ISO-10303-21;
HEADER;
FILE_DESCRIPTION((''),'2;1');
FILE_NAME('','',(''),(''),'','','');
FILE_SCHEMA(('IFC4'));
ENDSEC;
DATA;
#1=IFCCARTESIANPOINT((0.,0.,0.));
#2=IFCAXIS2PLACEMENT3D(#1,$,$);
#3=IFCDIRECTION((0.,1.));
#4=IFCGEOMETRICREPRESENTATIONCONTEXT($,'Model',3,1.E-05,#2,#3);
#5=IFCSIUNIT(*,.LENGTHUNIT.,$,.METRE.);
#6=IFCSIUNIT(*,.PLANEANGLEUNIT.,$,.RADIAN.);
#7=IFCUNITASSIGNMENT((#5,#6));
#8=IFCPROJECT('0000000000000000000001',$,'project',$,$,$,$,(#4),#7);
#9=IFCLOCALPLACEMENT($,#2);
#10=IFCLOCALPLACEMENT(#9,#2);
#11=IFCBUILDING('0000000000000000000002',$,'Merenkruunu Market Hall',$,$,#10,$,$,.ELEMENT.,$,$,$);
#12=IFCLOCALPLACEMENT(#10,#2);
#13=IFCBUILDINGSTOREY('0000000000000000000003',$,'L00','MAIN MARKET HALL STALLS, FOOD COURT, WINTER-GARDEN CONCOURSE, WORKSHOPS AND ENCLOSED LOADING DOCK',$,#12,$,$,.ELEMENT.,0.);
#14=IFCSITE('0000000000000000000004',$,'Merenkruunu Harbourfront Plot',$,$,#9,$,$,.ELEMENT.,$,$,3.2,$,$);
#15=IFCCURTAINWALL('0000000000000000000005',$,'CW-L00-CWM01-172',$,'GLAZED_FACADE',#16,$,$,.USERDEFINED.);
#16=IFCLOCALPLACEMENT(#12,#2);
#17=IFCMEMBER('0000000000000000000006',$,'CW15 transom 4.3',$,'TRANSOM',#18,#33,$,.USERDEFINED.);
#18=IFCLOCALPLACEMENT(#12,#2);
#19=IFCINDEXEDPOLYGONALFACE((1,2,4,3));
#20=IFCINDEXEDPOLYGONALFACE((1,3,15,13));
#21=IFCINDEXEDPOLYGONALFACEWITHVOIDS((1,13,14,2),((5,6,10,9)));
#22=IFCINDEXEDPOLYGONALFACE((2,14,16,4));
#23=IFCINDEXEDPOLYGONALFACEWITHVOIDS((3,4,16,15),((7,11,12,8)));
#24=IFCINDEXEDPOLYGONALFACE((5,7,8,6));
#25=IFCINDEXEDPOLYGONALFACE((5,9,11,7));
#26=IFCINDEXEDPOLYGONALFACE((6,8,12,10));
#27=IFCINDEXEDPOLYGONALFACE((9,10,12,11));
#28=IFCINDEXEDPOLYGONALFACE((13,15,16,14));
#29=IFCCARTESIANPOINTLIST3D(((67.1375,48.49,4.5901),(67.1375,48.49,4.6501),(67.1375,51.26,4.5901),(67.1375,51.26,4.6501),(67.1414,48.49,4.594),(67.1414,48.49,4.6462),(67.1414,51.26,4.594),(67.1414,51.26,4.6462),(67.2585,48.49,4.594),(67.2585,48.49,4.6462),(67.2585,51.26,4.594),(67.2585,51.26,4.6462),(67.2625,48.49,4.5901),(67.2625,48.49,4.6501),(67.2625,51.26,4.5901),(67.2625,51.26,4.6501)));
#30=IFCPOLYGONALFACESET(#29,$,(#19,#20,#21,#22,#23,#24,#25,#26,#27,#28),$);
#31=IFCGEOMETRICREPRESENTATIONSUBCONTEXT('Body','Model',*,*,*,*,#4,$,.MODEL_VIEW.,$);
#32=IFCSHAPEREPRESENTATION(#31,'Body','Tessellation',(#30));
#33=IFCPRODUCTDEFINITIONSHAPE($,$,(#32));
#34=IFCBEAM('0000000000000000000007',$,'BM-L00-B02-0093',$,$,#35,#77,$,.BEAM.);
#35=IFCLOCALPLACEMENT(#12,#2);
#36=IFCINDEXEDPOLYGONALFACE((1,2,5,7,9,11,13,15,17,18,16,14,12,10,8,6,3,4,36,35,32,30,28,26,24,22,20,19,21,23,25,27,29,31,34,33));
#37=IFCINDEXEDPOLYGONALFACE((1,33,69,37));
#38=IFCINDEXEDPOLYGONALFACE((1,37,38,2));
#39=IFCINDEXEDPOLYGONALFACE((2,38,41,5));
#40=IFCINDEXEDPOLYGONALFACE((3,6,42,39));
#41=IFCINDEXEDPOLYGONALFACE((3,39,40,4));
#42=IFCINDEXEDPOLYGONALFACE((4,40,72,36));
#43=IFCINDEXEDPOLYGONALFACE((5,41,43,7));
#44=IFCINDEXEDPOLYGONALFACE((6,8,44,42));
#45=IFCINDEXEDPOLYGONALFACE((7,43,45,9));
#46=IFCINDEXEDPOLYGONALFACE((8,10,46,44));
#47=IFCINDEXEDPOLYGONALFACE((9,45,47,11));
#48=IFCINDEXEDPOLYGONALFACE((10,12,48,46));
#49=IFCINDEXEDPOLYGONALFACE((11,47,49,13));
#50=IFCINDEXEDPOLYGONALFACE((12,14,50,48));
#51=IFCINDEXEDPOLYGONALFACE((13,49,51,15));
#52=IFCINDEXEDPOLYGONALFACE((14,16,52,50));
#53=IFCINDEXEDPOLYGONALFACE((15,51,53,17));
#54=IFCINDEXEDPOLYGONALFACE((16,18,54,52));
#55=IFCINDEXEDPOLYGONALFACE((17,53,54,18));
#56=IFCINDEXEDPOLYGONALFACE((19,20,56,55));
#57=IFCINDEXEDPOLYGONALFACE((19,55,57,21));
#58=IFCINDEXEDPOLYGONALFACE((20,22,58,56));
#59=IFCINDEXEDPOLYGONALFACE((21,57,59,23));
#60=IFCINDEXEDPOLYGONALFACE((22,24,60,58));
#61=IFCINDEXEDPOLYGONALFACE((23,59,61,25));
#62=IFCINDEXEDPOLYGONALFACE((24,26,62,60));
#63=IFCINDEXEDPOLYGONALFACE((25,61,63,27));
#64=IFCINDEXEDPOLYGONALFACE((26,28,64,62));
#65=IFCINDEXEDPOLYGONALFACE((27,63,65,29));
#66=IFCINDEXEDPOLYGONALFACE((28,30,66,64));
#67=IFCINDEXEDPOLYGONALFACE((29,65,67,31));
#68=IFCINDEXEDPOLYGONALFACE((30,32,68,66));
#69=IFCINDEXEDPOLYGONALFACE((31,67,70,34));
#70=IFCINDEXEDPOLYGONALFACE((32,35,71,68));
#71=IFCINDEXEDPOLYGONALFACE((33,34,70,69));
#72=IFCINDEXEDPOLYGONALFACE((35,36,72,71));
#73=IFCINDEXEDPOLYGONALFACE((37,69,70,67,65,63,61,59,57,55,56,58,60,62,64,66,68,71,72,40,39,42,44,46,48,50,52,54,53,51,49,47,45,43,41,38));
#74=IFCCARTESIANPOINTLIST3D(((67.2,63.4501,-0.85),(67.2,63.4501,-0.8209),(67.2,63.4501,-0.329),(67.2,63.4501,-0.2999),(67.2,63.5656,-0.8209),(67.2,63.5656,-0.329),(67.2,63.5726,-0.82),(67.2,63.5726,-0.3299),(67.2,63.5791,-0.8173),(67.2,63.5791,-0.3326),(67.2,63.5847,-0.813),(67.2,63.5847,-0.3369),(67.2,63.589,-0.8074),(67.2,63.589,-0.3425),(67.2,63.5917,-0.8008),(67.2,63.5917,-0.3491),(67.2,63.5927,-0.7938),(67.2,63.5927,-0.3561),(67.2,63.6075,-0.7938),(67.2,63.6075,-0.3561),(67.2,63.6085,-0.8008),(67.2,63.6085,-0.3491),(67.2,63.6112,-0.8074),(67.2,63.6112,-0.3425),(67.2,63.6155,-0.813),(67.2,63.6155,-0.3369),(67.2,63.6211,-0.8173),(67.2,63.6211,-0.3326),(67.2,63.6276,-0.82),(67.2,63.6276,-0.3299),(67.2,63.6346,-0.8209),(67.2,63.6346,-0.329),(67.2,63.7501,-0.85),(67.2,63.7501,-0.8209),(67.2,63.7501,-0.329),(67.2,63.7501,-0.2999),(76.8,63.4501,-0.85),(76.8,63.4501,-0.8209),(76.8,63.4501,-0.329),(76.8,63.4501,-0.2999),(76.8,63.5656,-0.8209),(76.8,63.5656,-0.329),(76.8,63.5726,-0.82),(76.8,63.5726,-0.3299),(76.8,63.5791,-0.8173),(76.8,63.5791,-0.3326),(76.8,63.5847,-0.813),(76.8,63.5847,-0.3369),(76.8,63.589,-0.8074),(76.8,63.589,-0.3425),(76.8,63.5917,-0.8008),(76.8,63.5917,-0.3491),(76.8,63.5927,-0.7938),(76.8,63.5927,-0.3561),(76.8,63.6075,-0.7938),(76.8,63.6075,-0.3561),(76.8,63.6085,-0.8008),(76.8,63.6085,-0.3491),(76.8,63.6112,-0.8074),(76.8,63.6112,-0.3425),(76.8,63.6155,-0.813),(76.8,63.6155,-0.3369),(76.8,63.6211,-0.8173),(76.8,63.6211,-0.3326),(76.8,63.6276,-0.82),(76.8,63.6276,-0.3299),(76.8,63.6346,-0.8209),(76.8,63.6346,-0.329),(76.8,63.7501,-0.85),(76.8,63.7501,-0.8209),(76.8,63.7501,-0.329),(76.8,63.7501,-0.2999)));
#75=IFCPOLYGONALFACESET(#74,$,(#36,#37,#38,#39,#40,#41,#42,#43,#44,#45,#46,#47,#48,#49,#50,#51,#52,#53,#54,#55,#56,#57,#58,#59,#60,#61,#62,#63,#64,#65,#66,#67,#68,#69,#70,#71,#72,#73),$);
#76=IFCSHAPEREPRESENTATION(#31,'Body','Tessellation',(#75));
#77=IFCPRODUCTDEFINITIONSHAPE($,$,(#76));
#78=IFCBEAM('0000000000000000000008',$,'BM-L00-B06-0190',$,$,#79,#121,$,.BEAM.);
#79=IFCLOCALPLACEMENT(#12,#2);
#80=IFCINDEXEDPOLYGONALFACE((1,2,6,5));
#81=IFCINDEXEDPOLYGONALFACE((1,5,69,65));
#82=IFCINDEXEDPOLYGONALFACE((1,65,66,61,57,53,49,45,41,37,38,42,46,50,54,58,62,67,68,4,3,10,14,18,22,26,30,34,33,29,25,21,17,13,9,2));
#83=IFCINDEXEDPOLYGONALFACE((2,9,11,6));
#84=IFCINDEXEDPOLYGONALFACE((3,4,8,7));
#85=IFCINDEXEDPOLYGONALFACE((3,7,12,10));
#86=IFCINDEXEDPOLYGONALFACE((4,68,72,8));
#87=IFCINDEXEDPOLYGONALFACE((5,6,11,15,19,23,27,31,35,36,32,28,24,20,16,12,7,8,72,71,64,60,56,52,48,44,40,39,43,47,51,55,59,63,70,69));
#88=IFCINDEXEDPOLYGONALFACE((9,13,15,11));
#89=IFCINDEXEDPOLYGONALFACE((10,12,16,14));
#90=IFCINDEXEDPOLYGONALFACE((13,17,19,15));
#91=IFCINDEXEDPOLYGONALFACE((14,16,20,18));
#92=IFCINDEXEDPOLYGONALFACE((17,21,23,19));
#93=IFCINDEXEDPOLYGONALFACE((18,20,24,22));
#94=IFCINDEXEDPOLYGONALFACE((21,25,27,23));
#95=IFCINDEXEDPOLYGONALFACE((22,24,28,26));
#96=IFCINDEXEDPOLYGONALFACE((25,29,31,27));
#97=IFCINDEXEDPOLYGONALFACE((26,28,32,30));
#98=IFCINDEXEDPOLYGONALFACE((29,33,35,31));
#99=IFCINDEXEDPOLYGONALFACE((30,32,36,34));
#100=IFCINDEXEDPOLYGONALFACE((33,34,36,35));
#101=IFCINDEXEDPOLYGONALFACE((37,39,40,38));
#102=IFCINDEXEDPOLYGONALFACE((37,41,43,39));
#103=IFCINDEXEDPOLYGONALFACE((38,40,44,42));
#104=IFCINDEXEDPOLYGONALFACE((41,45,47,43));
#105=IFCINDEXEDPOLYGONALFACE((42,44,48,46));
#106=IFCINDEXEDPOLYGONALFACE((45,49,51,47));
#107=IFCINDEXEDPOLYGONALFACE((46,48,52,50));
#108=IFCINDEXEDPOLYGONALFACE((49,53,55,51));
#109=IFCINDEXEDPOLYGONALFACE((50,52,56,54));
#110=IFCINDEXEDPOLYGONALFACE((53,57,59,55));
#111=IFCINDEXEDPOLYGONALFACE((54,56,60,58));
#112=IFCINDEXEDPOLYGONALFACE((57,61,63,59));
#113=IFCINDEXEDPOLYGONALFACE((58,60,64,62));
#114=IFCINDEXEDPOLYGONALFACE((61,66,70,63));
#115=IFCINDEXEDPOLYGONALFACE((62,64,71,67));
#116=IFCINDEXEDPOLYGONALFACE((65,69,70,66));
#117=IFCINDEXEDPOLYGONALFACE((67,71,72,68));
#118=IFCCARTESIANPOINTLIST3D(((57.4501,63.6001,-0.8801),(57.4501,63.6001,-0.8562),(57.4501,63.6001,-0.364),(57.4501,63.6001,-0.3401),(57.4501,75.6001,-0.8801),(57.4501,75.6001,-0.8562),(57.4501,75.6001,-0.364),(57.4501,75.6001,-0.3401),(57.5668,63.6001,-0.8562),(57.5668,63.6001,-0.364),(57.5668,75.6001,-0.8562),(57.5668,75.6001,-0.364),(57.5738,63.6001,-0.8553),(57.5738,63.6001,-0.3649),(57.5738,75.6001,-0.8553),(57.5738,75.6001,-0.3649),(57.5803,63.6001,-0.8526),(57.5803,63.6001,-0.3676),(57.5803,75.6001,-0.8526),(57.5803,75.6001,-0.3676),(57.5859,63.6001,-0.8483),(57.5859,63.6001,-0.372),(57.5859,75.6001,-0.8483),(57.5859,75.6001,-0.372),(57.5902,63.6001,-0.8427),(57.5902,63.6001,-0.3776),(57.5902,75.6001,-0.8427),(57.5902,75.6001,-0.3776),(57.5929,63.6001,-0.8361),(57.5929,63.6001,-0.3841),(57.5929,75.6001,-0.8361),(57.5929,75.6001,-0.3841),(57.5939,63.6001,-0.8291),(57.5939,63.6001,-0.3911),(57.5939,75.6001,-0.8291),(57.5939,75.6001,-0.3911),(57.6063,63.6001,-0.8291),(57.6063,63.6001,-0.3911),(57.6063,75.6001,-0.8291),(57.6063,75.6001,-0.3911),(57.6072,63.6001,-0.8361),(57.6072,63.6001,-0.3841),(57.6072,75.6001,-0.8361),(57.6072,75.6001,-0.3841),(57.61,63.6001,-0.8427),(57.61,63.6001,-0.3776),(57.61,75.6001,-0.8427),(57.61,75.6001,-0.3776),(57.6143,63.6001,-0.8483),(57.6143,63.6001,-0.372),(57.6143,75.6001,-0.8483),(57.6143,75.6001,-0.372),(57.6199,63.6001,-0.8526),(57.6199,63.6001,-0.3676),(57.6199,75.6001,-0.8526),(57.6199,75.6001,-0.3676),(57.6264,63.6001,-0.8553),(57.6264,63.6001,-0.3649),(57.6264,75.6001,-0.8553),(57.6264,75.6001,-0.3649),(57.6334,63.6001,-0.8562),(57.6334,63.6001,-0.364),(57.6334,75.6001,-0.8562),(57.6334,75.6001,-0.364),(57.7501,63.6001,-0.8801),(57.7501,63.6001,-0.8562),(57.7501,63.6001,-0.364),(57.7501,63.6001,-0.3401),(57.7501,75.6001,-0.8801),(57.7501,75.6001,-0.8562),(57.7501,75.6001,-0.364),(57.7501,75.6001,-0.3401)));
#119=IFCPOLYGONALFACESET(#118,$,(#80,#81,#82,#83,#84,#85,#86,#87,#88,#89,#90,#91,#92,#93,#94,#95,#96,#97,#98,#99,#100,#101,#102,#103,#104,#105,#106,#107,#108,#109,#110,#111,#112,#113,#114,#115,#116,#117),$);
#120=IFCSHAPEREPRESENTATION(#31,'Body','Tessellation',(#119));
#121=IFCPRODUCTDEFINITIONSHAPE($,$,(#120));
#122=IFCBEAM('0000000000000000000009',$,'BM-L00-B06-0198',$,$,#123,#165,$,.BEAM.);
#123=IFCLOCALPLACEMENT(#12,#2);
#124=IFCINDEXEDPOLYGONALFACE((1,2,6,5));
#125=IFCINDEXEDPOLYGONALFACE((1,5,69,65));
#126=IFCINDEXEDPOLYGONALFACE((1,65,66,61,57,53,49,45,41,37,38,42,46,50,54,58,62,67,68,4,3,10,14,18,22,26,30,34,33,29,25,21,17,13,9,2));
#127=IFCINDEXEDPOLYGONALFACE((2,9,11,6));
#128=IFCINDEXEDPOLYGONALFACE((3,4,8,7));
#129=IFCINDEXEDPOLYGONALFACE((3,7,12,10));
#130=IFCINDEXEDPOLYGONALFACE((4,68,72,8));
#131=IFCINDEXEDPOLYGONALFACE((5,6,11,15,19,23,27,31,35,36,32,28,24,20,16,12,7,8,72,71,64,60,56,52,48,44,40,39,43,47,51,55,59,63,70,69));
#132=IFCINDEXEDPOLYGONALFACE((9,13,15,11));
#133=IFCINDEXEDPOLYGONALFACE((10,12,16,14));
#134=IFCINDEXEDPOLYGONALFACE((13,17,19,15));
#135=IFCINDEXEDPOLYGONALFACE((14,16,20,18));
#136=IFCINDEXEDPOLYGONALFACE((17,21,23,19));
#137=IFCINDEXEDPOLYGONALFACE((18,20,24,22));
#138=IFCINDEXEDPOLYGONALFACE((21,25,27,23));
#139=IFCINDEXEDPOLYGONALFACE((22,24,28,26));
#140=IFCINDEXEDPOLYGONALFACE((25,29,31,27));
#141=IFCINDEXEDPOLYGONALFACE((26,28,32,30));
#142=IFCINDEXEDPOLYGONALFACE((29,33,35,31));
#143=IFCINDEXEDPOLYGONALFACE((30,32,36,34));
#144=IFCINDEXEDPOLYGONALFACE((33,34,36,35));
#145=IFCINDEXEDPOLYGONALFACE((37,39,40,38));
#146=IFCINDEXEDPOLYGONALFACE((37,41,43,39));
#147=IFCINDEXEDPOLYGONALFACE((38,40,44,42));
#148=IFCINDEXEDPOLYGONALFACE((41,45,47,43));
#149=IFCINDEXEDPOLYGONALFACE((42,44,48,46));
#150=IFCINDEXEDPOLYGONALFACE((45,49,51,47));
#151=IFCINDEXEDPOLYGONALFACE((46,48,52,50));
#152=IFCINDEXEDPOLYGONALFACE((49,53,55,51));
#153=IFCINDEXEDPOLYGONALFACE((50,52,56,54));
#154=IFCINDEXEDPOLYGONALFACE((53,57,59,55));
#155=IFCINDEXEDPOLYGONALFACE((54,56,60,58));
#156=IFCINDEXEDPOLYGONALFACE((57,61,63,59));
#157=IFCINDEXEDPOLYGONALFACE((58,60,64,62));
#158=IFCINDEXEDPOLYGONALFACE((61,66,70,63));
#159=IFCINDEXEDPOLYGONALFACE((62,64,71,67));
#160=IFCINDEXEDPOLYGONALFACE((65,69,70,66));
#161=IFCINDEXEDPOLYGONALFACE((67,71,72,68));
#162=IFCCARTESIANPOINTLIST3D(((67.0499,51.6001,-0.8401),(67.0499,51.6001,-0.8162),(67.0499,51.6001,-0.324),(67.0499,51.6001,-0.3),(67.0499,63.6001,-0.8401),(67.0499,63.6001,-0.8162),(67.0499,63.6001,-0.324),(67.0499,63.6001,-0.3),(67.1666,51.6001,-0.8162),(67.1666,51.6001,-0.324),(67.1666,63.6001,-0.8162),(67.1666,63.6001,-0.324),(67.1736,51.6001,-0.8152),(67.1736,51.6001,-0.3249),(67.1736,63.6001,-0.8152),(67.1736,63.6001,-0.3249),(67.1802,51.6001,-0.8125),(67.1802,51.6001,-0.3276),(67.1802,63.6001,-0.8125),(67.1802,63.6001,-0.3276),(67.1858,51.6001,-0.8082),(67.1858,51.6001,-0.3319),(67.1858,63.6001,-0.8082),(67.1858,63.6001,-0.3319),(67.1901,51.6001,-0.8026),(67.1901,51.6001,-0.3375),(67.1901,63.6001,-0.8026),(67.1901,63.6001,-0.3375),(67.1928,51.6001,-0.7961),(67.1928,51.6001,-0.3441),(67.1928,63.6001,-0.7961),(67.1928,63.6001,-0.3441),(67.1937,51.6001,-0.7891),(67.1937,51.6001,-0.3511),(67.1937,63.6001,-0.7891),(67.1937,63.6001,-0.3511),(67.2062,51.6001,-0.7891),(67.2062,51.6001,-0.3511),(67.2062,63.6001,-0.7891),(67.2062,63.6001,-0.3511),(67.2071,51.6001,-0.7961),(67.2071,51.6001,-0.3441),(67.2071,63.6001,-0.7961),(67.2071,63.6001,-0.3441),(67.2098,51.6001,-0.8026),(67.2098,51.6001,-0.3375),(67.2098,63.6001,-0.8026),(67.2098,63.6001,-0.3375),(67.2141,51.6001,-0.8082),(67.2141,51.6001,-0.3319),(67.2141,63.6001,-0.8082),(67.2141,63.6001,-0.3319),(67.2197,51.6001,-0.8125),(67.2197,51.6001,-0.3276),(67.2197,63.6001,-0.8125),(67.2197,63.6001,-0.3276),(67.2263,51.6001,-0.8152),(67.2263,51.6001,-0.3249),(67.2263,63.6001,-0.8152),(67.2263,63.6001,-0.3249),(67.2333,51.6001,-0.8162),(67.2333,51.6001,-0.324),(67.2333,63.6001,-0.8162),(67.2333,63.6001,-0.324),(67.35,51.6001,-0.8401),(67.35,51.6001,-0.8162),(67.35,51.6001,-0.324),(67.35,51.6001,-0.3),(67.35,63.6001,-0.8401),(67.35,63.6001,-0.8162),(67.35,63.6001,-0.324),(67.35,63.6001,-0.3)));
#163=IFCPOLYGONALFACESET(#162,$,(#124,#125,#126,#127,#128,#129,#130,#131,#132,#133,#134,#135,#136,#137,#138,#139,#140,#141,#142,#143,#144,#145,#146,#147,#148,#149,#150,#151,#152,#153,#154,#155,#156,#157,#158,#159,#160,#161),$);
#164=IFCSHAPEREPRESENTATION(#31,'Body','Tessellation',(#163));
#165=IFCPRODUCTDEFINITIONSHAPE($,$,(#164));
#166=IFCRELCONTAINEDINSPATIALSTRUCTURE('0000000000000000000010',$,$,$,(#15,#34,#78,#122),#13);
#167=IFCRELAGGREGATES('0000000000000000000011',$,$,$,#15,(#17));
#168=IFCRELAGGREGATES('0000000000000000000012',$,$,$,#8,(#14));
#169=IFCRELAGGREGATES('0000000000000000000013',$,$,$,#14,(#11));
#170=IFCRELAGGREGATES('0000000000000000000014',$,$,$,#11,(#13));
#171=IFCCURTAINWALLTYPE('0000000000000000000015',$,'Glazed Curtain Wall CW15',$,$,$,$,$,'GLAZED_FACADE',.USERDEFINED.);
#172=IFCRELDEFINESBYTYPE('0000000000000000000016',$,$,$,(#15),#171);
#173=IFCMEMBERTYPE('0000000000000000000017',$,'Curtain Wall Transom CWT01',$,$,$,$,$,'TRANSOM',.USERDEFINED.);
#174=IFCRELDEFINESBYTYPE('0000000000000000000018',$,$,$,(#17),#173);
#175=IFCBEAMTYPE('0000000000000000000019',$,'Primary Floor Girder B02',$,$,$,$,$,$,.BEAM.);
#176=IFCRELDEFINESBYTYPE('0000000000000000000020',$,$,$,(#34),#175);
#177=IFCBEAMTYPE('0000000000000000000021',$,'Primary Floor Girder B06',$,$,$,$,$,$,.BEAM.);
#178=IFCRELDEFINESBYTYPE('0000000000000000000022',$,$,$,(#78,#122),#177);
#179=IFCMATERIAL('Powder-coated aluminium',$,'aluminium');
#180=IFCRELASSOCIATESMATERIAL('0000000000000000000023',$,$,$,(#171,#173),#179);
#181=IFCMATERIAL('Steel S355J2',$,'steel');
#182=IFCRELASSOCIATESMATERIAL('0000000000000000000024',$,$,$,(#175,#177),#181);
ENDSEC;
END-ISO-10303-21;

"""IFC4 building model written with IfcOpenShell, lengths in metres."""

from ifc_helpers import new_model, si_unit, direction, frame, origin, origin_2d, place, context, subcontext, project, spatial, hollow_rectangle, i_section, extrude, material, material_profile, profile_set, type_object, element, aggregate, save


model = new_model("IFC4")

# Units and contexts
model_context = context("Model", 3, precision=1e-05, world=origin(), true_north=direction((0.0, 1.0)))
body_context = subcontext(model_context, "Body", "Model", "MODEL_VIEW")
ifc_project = project(units=[si_unit("LENGTHUNIT", "METRE"), si_unit("PLANEANGLEUNIT", "RADIAN")], contexts=[model_context])

# Site, building, storey
site_placement = place(None, origin())
site = spatial("IfcSite", under=ifc_project, at=site_placement, Name="Merenkruunu Harbourfront Plot", CompositionType="ELEMENT", RefElevation=3.2)
building_placement = place(site_placement, origin())
building = spatial("IfcBuilding", under=site, at=building_placement, Name="Merenkruunu Market Hall", CompositionType="ELEMENT")
storey_placement = place(building_placement, origin())
storey = spatial("IfcBuildingStorey", under=building, at=storey_placement, Name="L00", Description="MAIN MARKET HALL STALLS, FOOD COURT, WINTER-GARDEN CONCOURSE, WORKSHOPS AND ENCLOSED LOADING DOCK", CompositionType="ELEMENT", Elevation=0.0)

# Curtain wall
ifc_material_1 = material(Name="Powder-coated aluminium", Category="aluminium")
curtain_wall_type_1 = type_object("IfcCurtainWallType", Name="Glazed Curtain Wall CW15", ElementType="GLAZED_FACADE", PredefinedType="USERDEFINED", material=ifc_material_1)
curtain_wall_1_placement = place(storey_placement, origin())
curtain_wall_1 = element("IfcCurtainWall", 1, at=curtain_wall_1_placement, inside=storey, type_object=curtain_wall_type_1, Name="CW-L00-CWM01-172", ObjectType="GLAZED_FACADE", PredefinedType="USERDEFINED")

# Member
ifc_material_profile_1 = material_profile(ifc_material_1, hollow_rectangle(XDim=0.0601, YDim=0.125, WallThickness=0.0039, at=origin_2d()), Name="ALU 60x125x4")
ifc_profile_set_1 = profile_set([ifc_material_profile_1], Name="Powder-coated aluminium")
member_type_1 = type_object("IfcMemberType", Name="Curtain Wall Transom CWT01", ElementType="TRANSOM", PredefinedType="USERDEFINED", material=ifc_profile_set_1)
member_1_placement = place(storey_placement, frame((67.2, 48.49, 4.6201), z_axis=(0.0, 1.0, 0.0), x_axis=(0.0, 0.0, 1.0)))
member_1 = element("IfcMember", 2, at=member_1_placement, type_object=member_type_1, Name="CW15 transom 4.3", ObjectType="TRANSOM", PredefinedType="USERDEFINED", context=body_context, shape_type="SweptSolid", body=[
    extrude(hollow_rectangle(XDim=0.0601, YDim=0.125, WallThickness=0.0039, at=origin_2d()), origin(), (0.0, 0.0, 1.0), 2.77),
])

# Beams
ifc_material_2 = material(Name="Steel S355J2", Category="steel")
ifc_material_profile_2 = material_profile(ifc_material_2, i_section(OverallWidth=0.3, OverallDepth=0.55, WebThickness=0.0149, FlangeThickness=0.0291, FilletRadius=0.0271, at=origin_2d()), Name="HEB 550")
ifc_profile_set_2 = profile_set([ifc_material_profile_2], Name="Steel S355J2")
beam_type_1 = type_object("IfcBeamType", Name="Primary Floor Girder B02", PredefinedType="BEAM", material=ifc_profile_set_2)
beam_1_placement = place(storey_placement, frame((67.2, 63.6001, -0.575), z_axis=(1.0, 0.0, 0.0), x_axis=(0.0, 1.0, 0.0)))
element("IfcBeam", 3, at=beam_1_placement, inside=storey, type_object=beam_type_1, Name="BM-L00-B02-0093", PredefinedType="BEAM", context=body_context, shape_type="SweptSolid", body=[
    extrude(i_section(OverallWidth=0.3, OverallDepth=0.55, WebThickness=0.0149, FlangeThickness=0.0291, FilletRadius=0.0271, at=origin_2d()), origin(), (0.0, 0.0, 1.0), 9.6001),
])
ifc_material_profile_3 = material_profile(ifc_material_2, i_section(OverallWidth=0.3, OverallDepth=0.54, WebThickness=0.0125, FlangeThickness=0.0239, FilletRadius=0.0271, at=origin_2d()), Name="HEA 550")
ifc_profile_set_3 = profile_set([ifc_material_profile_3], Name="Steel S355J2")
beam_type_2 = type_object("IfcBeamType", Name="Primary Floor Girder B06", PredefinedType="BEAM", material=ifc_profile_set_3)
for number, where, z_axis, x_axis, name in (
    (4, (57.6001, 63.6001, -0.6101), (0.0, 1.0, 0.0), (-1.0, 0.0, 0.0), "BM-L00-B06-0190"),
    (5, (67.2, 51.6001, -0.5701), (0.0, 1.0, 0.0), (-1.0, 0.0, 0.0), "BM-L00-B06-0198"),
):
    element("IfcBeam", number, at=place(storey_placement, frame(where, z_axis=z_axis, x_axis=x_axis)), inside=storey, type_object=beam_type_2, Name=name, PredefinedType="BEAM", context=body_context, shape_type="SweptSolid", body=[
        extrude(i_section(OverallWidth=0.3, OverallDepth=0.54, WebThickness=0.0125, FlangeThickness=0.0239, FilletRadius=0.0271, at=origin_2d()), origin(), (0.0, 0.0, 1.0), 12.0),
    ])

aggregate(curtain_wall_1, [member_1])

save(model, "model.ifc")
